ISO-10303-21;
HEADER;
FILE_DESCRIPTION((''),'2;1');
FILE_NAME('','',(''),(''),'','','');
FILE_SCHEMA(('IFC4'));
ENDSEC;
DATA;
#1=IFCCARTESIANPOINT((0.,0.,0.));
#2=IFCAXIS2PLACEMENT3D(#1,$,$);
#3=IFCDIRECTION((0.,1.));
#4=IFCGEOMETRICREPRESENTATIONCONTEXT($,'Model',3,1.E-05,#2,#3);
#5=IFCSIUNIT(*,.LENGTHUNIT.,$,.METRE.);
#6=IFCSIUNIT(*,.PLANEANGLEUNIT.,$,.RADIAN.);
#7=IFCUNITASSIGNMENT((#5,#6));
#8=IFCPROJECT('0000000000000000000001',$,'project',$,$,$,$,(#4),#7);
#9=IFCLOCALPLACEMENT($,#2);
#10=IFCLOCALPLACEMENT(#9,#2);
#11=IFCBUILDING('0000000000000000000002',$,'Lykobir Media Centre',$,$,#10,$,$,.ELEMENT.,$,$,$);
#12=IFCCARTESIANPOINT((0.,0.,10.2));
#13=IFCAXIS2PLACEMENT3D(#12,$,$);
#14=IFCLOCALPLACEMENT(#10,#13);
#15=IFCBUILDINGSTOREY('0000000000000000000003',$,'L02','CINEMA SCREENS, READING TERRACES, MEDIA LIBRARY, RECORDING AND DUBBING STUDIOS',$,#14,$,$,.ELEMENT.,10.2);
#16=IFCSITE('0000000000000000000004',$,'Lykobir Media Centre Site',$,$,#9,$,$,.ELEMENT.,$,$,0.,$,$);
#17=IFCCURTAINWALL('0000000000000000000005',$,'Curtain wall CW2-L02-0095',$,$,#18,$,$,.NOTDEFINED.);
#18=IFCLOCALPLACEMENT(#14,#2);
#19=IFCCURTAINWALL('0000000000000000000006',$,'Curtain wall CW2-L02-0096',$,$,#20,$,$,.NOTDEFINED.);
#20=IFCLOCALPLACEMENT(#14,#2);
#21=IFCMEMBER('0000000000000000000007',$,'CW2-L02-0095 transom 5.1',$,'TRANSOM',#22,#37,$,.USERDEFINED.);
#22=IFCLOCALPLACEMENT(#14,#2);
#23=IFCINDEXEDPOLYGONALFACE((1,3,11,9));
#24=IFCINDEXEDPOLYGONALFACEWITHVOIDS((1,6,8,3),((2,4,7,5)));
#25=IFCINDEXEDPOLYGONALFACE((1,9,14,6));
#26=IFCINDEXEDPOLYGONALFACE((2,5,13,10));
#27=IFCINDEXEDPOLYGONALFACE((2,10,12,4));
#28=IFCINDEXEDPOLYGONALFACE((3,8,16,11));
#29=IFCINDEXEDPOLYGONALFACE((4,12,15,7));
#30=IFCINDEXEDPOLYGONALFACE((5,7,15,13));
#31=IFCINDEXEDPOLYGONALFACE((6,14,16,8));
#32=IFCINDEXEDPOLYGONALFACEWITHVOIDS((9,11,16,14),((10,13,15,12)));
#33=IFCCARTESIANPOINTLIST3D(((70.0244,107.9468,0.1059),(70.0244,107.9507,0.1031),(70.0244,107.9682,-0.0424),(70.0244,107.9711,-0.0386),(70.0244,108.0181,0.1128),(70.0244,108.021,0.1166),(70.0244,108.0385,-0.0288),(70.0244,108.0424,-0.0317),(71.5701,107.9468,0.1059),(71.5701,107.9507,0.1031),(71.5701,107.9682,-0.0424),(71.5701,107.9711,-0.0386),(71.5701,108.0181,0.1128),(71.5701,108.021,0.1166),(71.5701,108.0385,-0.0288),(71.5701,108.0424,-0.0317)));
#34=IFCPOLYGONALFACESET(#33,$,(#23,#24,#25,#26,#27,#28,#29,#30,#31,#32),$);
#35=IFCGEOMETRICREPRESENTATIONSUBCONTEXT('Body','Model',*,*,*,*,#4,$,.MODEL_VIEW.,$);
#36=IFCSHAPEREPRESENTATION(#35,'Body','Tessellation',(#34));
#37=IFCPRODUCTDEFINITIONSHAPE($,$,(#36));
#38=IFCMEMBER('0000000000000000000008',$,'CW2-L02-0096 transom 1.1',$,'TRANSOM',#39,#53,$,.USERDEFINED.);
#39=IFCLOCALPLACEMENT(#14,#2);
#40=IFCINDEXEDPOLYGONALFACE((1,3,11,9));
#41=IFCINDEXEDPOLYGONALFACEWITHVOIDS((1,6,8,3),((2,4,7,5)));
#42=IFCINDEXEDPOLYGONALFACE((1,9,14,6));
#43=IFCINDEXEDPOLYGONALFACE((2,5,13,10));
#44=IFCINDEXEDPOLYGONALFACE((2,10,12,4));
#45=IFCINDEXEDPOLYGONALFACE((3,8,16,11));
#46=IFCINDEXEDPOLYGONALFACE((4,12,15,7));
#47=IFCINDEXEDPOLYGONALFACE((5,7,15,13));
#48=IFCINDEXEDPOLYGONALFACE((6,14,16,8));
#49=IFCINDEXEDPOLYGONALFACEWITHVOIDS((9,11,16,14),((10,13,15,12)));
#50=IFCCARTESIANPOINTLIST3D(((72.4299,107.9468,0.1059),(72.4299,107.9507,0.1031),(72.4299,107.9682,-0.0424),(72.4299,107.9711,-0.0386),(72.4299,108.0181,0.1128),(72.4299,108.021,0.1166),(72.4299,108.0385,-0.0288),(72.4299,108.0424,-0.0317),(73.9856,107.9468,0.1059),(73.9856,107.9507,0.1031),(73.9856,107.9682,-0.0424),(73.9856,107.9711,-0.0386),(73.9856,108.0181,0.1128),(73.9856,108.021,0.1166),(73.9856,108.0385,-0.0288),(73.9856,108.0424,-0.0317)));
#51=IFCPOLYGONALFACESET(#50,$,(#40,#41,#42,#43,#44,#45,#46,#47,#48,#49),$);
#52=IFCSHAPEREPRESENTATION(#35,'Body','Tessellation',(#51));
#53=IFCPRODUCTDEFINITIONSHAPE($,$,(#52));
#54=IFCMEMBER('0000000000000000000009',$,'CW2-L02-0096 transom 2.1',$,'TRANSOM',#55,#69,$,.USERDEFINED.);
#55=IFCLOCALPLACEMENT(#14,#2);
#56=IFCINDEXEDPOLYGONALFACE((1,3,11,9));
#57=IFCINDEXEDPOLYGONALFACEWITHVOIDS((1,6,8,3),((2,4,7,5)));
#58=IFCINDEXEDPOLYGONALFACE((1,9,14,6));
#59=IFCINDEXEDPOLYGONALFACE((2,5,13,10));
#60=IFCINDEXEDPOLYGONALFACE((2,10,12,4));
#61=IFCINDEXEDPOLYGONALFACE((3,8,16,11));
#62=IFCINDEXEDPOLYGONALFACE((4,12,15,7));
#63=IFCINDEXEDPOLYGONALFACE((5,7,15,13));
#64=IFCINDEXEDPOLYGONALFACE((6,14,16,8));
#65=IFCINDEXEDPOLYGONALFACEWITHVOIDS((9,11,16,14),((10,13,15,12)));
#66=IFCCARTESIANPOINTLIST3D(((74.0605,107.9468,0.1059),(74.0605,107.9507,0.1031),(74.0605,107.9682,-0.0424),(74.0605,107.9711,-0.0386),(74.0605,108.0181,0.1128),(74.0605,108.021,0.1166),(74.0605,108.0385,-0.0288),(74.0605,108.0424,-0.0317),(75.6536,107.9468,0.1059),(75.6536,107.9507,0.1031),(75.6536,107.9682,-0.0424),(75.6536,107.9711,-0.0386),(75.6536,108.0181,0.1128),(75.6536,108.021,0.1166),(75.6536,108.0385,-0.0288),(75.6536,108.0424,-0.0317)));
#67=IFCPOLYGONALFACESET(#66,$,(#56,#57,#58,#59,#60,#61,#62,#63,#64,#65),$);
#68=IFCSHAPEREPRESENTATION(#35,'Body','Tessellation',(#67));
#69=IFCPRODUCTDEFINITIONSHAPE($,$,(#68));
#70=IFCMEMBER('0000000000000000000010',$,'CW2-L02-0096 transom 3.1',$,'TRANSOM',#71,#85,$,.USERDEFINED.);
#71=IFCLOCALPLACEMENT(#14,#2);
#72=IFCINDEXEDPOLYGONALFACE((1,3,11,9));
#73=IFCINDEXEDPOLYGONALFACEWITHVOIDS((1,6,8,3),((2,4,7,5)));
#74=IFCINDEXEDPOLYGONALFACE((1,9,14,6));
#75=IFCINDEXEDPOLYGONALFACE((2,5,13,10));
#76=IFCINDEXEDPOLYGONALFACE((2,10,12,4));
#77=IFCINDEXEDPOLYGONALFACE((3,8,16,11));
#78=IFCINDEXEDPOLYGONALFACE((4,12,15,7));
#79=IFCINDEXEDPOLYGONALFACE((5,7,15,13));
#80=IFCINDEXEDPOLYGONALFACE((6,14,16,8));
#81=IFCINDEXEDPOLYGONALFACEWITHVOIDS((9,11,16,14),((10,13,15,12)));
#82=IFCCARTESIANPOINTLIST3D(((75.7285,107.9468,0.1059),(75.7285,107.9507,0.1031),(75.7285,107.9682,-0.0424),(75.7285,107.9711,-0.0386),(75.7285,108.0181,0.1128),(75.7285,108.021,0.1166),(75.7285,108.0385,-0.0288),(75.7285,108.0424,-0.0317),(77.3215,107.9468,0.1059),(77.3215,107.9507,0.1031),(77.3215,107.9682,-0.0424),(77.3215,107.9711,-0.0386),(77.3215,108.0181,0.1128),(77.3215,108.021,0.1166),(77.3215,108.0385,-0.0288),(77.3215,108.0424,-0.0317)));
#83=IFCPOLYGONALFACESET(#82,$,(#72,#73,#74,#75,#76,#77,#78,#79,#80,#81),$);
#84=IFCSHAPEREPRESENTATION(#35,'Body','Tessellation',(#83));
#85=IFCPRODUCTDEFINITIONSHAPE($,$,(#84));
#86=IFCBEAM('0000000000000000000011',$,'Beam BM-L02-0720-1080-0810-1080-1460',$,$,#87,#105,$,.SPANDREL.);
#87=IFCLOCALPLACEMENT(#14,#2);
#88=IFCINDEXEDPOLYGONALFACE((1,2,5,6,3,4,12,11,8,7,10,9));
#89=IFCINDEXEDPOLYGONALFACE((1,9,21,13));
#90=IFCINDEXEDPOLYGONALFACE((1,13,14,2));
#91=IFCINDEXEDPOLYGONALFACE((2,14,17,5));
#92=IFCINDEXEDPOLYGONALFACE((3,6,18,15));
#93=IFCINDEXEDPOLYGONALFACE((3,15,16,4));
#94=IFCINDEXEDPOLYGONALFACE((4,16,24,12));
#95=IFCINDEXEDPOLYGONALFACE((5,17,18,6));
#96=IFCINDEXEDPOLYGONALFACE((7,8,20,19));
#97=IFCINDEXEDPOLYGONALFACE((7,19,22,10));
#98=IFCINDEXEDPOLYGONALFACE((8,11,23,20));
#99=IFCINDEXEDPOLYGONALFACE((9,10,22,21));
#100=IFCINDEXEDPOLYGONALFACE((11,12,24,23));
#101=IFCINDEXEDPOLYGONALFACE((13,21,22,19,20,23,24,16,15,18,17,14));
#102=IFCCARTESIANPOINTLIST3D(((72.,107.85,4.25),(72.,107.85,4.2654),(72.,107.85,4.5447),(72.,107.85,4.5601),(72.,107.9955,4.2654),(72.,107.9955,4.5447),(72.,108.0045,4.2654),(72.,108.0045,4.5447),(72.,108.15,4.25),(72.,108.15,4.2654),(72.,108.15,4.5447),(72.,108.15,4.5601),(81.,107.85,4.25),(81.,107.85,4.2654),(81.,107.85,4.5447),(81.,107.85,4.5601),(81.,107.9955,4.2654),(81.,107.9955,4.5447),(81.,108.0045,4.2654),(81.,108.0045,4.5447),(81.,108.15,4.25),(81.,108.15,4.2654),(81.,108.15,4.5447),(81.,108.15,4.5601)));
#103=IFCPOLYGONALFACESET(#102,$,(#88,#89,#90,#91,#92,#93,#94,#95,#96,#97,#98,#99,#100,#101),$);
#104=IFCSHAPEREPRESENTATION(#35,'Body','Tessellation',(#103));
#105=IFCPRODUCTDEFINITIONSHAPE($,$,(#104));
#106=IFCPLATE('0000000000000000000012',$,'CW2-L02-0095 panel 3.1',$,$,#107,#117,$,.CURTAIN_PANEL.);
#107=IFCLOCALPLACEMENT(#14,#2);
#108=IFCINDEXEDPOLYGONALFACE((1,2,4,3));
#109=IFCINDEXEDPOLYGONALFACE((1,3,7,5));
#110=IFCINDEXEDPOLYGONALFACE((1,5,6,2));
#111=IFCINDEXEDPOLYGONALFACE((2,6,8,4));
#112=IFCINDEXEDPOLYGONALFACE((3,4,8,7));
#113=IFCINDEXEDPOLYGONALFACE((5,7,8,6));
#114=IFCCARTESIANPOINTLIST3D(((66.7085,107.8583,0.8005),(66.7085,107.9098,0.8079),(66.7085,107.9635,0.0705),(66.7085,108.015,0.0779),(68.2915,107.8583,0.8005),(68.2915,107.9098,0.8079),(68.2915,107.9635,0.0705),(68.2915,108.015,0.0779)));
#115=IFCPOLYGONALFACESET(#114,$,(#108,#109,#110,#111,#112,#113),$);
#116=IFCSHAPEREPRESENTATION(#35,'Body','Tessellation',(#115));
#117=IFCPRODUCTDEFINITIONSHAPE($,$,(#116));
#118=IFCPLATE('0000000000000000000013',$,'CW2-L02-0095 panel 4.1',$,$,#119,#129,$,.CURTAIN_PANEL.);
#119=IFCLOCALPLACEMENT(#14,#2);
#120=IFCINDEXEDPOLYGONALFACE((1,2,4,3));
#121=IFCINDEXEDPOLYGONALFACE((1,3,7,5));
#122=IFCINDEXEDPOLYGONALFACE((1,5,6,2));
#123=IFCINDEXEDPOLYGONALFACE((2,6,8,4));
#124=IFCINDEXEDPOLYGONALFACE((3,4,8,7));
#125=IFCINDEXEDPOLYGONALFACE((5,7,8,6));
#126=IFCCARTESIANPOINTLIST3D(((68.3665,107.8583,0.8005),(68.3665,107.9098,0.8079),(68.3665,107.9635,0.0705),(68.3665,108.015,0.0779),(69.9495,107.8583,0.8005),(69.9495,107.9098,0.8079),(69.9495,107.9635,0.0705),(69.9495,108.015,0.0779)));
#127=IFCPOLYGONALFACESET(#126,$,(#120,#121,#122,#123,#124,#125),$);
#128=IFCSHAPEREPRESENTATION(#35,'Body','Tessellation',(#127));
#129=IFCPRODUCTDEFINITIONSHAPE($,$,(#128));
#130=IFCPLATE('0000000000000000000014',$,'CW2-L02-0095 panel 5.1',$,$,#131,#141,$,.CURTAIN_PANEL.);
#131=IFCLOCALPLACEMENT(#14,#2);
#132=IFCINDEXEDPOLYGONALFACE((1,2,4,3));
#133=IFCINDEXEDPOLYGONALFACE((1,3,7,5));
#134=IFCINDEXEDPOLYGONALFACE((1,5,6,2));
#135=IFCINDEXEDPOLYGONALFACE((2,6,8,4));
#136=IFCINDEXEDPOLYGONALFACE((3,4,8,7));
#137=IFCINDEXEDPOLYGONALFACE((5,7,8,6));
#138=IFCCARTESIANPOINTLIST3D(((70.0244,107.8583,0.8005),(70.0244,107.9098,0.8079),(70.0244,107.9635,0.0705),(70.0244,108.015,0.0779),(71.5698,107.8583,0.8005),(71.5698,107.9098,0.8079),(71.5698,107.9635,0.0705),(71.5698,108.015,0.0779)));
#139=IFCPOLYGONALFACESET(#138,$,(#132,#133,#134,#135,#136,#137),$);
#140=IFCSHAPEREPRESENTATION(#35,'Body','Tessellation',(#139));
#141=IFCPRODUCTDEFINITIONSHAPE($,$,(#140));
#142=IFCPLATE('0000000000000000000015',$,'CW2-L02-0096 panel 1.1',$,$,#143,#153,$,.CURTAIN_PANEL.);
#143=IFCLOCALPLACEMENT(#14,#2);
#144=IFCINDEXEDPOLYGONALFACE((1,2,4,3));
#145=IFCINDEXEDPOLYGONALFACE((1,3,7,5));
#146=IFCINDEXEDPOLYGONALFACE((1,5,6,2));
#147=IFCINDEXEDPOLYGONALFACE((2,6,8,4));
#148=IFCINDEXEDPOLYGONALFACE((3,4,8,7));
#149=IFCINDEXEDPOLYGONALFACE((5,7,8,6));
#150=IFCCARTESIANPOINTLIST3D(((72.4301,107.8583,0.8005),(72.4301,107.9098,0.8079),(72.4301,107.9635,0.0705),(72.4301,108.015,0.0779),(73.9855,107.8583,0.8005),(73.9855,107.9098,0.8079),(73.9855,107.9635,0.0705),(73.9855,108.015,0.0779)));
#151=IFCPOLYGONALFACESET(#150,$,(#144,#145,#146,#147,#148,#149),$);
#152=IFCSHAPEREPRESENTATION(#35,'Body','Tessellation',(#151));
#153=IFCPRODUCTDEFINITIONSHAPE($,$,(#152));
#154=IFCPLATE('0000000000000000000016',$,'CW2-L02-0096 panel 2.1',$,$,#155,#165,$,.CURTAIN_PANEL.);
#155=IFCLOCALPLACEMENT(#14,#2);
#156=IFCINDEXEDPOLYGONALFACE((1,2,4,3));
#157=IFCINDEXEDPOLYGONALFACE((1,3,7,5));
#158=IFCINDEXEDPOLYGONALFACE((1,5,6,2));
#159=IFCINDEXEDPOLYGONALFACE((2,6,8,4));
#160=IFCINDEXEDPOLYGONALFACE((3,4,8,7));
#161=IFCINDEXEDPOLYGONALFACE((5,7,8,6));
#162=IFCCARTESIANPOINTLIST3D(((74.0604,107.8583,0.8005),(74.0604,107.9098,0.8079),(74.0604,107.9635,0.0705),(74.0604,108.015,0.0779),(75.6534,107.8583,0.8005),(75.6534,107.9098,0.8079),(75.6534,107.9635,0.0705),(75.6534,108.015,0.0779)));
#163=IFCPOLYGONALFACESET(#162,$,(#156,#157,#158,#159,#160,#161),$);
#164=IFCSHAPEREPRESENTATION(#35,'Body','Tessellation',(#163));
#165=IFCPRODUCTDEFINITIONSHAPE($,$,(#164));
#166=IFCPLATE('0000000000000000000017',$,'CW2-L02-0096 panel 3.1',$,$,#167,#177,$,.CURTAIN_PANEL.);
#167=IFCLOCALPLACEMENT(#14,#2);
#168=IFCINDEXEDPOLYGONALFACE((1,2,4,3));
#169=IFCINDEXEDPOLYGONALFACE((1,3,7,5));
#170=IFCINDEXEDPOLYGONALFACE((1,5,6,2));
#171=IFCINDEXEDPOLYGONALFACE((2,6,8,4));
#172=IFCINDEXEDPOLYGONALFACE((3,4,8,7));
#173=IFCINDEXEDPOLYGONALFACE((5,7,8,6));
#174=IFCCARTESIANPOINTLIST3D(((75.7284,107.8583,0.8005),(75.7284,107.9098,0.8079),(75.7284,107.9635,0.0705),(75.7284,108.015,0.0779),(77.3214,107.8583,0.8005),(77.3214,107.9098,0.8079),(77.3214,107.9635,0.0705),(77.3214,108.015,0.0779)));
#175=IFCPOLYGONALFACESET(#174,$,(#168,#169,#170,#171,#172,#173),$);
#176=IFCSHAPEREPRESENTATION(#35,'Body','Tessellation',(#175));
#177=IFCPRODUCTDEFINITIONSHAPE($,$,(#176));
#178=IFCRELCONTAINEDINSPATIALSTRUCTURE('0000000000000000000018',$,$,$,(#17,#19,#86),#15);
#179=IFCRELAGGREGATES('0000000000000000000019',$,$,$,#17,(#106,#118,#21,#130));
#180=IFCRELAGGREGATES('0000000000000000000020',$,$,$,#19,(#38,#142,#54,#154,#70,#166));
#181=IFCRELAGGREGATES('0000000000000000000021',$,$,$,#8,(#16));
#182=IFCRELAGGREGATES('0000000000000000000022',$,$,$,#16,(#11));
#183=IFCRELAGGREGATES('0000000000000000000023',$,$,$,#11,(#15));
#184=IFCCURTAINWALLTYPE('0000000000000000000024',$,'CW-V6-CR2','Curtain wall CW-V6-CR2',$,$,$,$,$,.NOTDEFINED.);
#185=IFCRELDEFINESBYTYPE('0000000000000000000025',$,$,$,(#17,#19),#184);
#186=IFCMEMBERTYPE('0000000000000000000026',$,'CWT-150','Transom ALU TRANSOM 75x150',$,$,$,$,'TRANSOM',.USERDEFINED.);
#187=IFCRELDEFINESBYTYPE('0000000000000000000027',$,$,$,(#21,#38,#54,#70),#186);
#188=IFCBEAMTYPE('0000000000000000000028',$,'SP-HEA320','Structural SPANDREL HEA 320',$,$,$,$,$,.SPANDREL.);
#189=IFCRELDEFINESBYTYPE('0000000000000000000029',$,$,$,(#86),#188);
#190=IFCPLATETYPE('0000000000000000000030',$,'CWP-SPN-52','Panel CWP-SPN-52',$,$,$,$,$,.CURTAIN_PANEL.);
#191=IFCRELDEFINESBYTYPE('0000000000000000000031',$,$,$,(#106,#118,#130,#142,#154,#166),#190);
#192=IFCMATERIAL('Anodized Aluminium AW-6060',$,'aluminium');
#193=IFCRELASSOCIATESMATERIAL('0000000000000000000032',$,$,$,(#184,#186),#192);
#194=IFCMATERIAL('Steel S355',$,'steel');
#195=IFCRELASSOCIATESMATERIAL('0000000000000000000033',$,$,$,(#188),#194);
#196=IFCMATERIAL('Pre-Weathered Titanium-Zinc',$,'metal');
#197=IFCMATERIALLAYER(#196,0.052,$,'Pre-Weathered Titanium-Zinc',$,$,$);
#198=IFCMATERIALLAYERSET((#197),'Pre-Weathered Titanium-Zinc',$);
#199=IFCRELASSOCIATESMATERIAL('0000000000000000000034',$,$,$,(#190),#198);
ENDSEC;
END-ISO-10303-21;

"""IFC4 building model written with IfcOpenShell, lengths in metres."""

from ifc_helpers import new_model, si_unit, direction, frame, origin, origin_2d, place, context, subcontext, project, spatial, rectangle, hollow_rectangle, i_section, extrude, material, layer, layer_set, material_profile, profile_set, type_object, element, aggregate, save


model = new_model("IFC4")

# Units and contexts
model_context = context("Model", 3, precision=1e-05, world=origin(), true_north=direction((0.0, 1.0)))
body_context = subcontext(model_context, "Body", "Model", "MODEL_VIEW")
ifc_project = project(units=[si_unit("LENGTHUNIT", "METRE"), si_unit("PLANEANGLEUNIT", "RADIAN")], contexts=[model_context])

# Site, building, storey
site_placement = place(None, origin())
site = spatial("IfcSite", under=ifc_project, at=site_placement, Name="Lykobir Media Centre Site", CompositionType="ELEMENT", RefElevation=0.0)
building_placement = place(site_placement, origin())
building = spatial("IfcBuilding", under=site, at=building_placement, Name="Lykobir Media Centre", CompositionType="ELEMENT")
storey_placement = place(building_placement, frame((0.0, 0.0, 10.2)))
storey = spatial("IfcBuildingStorey", under=building, at=storey_placement, Name="L02", Description="CINEMA SCREENS, READING TERRACES, MEDIA LIBRARY, RECORDING AND DUBBING STUDIOS", CompositionType="ELEMENT", Elevation=10.2)

# Curtain walls
ifc_material_1 = material(Name="Anodized Aluminium AW-6060", Category="aluminium")
curtain_wall_type = type_object("IfcCurtainWallType", Name="CW-V6-CR2", Description="Curtain wall CW-V6-CR2", PredefinedType="NOTDEFINED", material=ifc_material_1)
curtain_wall_1_placement = place(storey_placement, origin())
curtain_wall_1 = element("IfcCurtainWall", 1, at=curtain_wall_1_placement, inside=storey, type_object=curtain_wall_type, Name="Curtain wall CW2-L02-0095", PredefinedType="NOTDEFINED")
curtain_wall_2_placement = place(storey_placement, origin())
curtain_wall_2 = element("IfcCurtainWall", 2, at=curtain_wall_2_placement, inside=storey, type_object=curtain_wall_type, Name="Curtain wall CW2-L02-0096", PredefinedType="NOTDEFINED")

# Members
ifc_material_profile_1 = material_profile(ifc_material_1, hollow_rectangle(XDim=0.075, YDim=0.1499, WallThickness=0.0034, at=origin_2d()), Name="ALU TRANSOM 75x150")
ifc_profile_set_1 = profile_set([ifc_material_profile_1], Name="Anodized Aluminium AW-6060")
member_type_1 = type_object("IfcMemberType", Name="CWT-150", Description="Transom ALU TRANSOM 75x150", ElementType="TRANSOM", PredefinedType="USERDEFINED", material=ifc_profile_set_1)
member_1_placement = place(storey_placement, frame((70.0244, 107.9946, 0.0371), z_axis=(1.0, 0.0, 0.0), x_axis=(0.0, 0.989776, 0.142629)))
member_1 = element("IfcMember", 3, at=member_1_placement, type_object=member_type_1, Name="CW2-L02-0095 transom 5.1", ObjectType="TRANSOM", PredefinedType="USERDEFINED", context=body_context, shape_type="SweptSolid", body=[
    extrude(hollow_rectangle(XDim=0.075, YDim=0.1499, WallThickness=0.0034, at=origin_2d()), origin(), (0.0, 0.0, 1.0), 1.5457),
])
member_2_placement = place(storey_placement, frame((72.4299, 107.9946, 0.0371), z_axis=(1.0, 0.0, 0.0), x_axis=(0.0, 0.989776, 0.142629)))
member_2 = element("IfcMember", 4, at=member_2_placement, type_object=member_type_1, Name="CW2-L02-0096 transom 1.1", ObjectType="TRANSOM", PredefinedType="USERDEFINED", context=body_context, shape_type="SweptSolid", body=[
    extrude(hollow_rectangle(XDim=0.075, YDim=0.1499, WallThickness=0.0034, at=origin_2d()), origin(), (0.0, 0.0, 1.0), 1.5557),
])
member_3_placement = place(storey_placement, frame((74.0605, 107.9946, 0.0371), z_axis=(1.0, 0.0, 0.0), x_axis=(0.0, 0.989776, 0.142629)))
member_3 = element("IfcMember", 5, at=member_3_placement, type_object=member_type_1, Name="CW2-L02-0096 transom 2.1", ObjectType="TRANSOM", PredefinedType="USERDEFINED", context=body_context, shape_type="SweptSolid", body=[
    extrude(hollow_rectangle(XDim=0.075, YDim=0.1499, WallThickness=0.0034, at=origin_2d()), origin(), (0.0, 0.0, 1.0), 1.593),
])
member_4_placement = place(storey_placement, frame((75.7285, 107.9946, 0.0371), z_axis=(1.0, 0.0, 0.0), x_axis=(0.0, 0.989776, 0.142629)))
member_4 = element("IfcMember", 6, at=member_4_placement, type_object=member_type_1, Name="CW2-L02-0096 transom 3.1", ObjectType="TRANSOM", PredefinedType="USERDEFINED", context=body_context, shape_type="SweptSolid", body=[
    extrude(hollow_rectangle(XDim=0.075, YDim=0.1499, WallThickness=0.0034, at=origin_2d()), origin(), (0.0, 0.0, 1.0), 1.593),
])

# Beam
ifc_material_2 = material(Name="Steel S355", Category="steel")
ifc_material_profile_2 = material_profile(ifc_material_2, i_section(OverallWidth=0.3, OverallDepth=0.3101, WebThickness=0.009, FlangeThickness=0.0154, at=origin_2d()), Name="HEA 320")
ifc_profile_set_2 = profile_set([ifc_material_profile_2], Name="Steel S355")
beam_type = type_object("IfcBeamType", Name="SP-HEA320", Description="Structural SPANDREL HEA 320", PredefinedType="SPANDREL", material=ifc_profile_set_2)
beam_placement = place(storey_placement, frame((72.0, 108.0, 4.405), z_axis=(1.0, 0.0, 0.0), x_axis=(0.0, 1.0, 0.0)))
element("IfcBeam", 7, at=beam_placement, inside=storey, type_object=beam_type, Name="Beam BM-L02-0720-1080-0810-1080-1460", PredefinedType="SPANDREL", context=body_context, shape_type="SweptSolid", body=[
    extrude(i_section(OverallWidth=0.3, OverallDepth=0.3101, WebThickness=0.009, FlangeThickness=0.0154, at=origin_2d()), origin(), (0.0, 0.0, 1.0), 9.0),
])

# Plates
ifc_material_3 = material(Name="Pre-Weathered Titanium-Zinc", Category="metal")
ifc_layer = layer(ifc_material_3, 0.052, Name="Pre-Weathered Titanium-Zinc")
ifc_layer_set = layer_set([ifc_layer], Name="Pre-Weathered Titanium-Zinc")
plate_type = type_object("IfcPlateType", Name="CWP-SPN-52", Description="Panel CWP-SPN-52", PredefinedType="CURTAIN_PANEL", material=ifc_layer_set)
plate_1_placement = place(storey_placement, frame((67.5, 107.9893, 0.0742), z_axis=(0.0, -0.142629, 0.989776), x_axis=(1.0, 0.0, 0.0)))
plate_1 = element("IfcPlate", 8, at=plate_1_placement, type_object=plate_type, Name="CW2-L02-0095 panel 3.1", PredefinedType="CURTAIN_PANEL", context=body_context, shape_type="SweptSolid", body=[
    extrude(rectangle(XDim=1.583, YDim=0.052, at=origin_2d()), origin(), (0.0, 0.0, 1.0), 0.7375),
])
plate_2_placement = place(storey_placement, frame((69.158, 107.9893, 0.0742), z_axis=(0.0, -0.142629, 0.989776), x_axis=(1.0, 0.0, 0.0)))
plate_2 = element("IfcPlate", 9, at=plate_2_placement, type_object=plate_type, Name="CW2-L02-0095 panel 4.1", PredefinedType="CURTAIN_PANEL", context=body_context, shape_type="SweptSolid", body=[
    extrude(rectangle(XDim=1.583, YDim=0.052, at=origin_2d()), origin(), (0.0, 0.0, 1.0), 0.7375),
])
plate_3_placement = place(storey_placement, frame((70.7971, 107.9893, 0.0742), z_axis=(0.0, -0.142629, 0.989776), x_axis=(1.0, 0.0, 0.0)))
plate_3 = element("IfcPlate", 10, at=plate_3_placement, type_object=plate_type, Name="CW2-L02-0095 panel 5.1", PredefinedType="CURTAIN_PANEL", context=body_context, shape_type="SweptSolid", body=[
    extrude(rectangle(XDim=1.5454, YDim=0.052, at=origin_2d()), origin(), (0.0, 0.0, 1.0), 0.7375),
])
aggregate(curtain_wall_1, [plate_1, plate_2, member_1, plate_3])
plate_4_placement = place(storey_placement, frame((73.2078, 107.9893, 0.0742), z_axis=(0.0, -0.142629, 0.989776), x_axis=(1.0, 0.0, 0.0)))
plate_4 = element("IfcPlate", 11, at=plate_4_placement, type_object=plate_type, Name="CW2-L02-0096 panel 1.1", PredefinedType="CURTAIN_PANEL", context=body_context, shape_type="SweptSolid", body=[
    extrude(rectangle(XDim=1.5554, YDim=0.052, at=origin_2d()), origin(), (0.0, 0.0, 1.0), 0.7375),
])
plate_5_placement = place(storey_placement, frame((74.8569, 107.9893, 0.0742), z_axis=(0.0, -0.142629, 0.989776), x_axis=(1.0, 0.0, 0.0)))
plate_5 = element("IfcPlate", 12, at=plate_5_placement, type_object=plate_type, Name="CW2-L02-0096 panel 2.1", PredefinedType="CURTAIN_PANEL", context=body_context, shape_type="SweptSolid", body=[
    extrude(rectangle(XDim=1.593, YDim=0.052, at=origin_2d()), origin(), (0.0, 0.0, 1.0), 0.7375),
])
plate_6_placement = place(storey_placement, frame((76.5249, 107.9893, 0.0742), z_axis=(0.0, -0.142629, 0.989776), x_axis=(1.0, 0.0, 0.0)))
plate_6 = element("IfcPlate", 13, at=plate_6_placement, type_object=plate_type, Name="CW2-L02-0096 panel 3.1", PredefinedType="CURTAIN_PANEL", context=body_context, shape_type="SweptSolid", body=[
    extrude(rectangle(XDim=1.593, YDim=0.052, at=origin_2d()), origin(), (0.0, 0.0, 1.0), 0.7375),
])
aggregate(curtain_wall_2, [member_2, plate_4, member_3, plate_5, member_4, plate_6])

save(model, "model.ifc")
